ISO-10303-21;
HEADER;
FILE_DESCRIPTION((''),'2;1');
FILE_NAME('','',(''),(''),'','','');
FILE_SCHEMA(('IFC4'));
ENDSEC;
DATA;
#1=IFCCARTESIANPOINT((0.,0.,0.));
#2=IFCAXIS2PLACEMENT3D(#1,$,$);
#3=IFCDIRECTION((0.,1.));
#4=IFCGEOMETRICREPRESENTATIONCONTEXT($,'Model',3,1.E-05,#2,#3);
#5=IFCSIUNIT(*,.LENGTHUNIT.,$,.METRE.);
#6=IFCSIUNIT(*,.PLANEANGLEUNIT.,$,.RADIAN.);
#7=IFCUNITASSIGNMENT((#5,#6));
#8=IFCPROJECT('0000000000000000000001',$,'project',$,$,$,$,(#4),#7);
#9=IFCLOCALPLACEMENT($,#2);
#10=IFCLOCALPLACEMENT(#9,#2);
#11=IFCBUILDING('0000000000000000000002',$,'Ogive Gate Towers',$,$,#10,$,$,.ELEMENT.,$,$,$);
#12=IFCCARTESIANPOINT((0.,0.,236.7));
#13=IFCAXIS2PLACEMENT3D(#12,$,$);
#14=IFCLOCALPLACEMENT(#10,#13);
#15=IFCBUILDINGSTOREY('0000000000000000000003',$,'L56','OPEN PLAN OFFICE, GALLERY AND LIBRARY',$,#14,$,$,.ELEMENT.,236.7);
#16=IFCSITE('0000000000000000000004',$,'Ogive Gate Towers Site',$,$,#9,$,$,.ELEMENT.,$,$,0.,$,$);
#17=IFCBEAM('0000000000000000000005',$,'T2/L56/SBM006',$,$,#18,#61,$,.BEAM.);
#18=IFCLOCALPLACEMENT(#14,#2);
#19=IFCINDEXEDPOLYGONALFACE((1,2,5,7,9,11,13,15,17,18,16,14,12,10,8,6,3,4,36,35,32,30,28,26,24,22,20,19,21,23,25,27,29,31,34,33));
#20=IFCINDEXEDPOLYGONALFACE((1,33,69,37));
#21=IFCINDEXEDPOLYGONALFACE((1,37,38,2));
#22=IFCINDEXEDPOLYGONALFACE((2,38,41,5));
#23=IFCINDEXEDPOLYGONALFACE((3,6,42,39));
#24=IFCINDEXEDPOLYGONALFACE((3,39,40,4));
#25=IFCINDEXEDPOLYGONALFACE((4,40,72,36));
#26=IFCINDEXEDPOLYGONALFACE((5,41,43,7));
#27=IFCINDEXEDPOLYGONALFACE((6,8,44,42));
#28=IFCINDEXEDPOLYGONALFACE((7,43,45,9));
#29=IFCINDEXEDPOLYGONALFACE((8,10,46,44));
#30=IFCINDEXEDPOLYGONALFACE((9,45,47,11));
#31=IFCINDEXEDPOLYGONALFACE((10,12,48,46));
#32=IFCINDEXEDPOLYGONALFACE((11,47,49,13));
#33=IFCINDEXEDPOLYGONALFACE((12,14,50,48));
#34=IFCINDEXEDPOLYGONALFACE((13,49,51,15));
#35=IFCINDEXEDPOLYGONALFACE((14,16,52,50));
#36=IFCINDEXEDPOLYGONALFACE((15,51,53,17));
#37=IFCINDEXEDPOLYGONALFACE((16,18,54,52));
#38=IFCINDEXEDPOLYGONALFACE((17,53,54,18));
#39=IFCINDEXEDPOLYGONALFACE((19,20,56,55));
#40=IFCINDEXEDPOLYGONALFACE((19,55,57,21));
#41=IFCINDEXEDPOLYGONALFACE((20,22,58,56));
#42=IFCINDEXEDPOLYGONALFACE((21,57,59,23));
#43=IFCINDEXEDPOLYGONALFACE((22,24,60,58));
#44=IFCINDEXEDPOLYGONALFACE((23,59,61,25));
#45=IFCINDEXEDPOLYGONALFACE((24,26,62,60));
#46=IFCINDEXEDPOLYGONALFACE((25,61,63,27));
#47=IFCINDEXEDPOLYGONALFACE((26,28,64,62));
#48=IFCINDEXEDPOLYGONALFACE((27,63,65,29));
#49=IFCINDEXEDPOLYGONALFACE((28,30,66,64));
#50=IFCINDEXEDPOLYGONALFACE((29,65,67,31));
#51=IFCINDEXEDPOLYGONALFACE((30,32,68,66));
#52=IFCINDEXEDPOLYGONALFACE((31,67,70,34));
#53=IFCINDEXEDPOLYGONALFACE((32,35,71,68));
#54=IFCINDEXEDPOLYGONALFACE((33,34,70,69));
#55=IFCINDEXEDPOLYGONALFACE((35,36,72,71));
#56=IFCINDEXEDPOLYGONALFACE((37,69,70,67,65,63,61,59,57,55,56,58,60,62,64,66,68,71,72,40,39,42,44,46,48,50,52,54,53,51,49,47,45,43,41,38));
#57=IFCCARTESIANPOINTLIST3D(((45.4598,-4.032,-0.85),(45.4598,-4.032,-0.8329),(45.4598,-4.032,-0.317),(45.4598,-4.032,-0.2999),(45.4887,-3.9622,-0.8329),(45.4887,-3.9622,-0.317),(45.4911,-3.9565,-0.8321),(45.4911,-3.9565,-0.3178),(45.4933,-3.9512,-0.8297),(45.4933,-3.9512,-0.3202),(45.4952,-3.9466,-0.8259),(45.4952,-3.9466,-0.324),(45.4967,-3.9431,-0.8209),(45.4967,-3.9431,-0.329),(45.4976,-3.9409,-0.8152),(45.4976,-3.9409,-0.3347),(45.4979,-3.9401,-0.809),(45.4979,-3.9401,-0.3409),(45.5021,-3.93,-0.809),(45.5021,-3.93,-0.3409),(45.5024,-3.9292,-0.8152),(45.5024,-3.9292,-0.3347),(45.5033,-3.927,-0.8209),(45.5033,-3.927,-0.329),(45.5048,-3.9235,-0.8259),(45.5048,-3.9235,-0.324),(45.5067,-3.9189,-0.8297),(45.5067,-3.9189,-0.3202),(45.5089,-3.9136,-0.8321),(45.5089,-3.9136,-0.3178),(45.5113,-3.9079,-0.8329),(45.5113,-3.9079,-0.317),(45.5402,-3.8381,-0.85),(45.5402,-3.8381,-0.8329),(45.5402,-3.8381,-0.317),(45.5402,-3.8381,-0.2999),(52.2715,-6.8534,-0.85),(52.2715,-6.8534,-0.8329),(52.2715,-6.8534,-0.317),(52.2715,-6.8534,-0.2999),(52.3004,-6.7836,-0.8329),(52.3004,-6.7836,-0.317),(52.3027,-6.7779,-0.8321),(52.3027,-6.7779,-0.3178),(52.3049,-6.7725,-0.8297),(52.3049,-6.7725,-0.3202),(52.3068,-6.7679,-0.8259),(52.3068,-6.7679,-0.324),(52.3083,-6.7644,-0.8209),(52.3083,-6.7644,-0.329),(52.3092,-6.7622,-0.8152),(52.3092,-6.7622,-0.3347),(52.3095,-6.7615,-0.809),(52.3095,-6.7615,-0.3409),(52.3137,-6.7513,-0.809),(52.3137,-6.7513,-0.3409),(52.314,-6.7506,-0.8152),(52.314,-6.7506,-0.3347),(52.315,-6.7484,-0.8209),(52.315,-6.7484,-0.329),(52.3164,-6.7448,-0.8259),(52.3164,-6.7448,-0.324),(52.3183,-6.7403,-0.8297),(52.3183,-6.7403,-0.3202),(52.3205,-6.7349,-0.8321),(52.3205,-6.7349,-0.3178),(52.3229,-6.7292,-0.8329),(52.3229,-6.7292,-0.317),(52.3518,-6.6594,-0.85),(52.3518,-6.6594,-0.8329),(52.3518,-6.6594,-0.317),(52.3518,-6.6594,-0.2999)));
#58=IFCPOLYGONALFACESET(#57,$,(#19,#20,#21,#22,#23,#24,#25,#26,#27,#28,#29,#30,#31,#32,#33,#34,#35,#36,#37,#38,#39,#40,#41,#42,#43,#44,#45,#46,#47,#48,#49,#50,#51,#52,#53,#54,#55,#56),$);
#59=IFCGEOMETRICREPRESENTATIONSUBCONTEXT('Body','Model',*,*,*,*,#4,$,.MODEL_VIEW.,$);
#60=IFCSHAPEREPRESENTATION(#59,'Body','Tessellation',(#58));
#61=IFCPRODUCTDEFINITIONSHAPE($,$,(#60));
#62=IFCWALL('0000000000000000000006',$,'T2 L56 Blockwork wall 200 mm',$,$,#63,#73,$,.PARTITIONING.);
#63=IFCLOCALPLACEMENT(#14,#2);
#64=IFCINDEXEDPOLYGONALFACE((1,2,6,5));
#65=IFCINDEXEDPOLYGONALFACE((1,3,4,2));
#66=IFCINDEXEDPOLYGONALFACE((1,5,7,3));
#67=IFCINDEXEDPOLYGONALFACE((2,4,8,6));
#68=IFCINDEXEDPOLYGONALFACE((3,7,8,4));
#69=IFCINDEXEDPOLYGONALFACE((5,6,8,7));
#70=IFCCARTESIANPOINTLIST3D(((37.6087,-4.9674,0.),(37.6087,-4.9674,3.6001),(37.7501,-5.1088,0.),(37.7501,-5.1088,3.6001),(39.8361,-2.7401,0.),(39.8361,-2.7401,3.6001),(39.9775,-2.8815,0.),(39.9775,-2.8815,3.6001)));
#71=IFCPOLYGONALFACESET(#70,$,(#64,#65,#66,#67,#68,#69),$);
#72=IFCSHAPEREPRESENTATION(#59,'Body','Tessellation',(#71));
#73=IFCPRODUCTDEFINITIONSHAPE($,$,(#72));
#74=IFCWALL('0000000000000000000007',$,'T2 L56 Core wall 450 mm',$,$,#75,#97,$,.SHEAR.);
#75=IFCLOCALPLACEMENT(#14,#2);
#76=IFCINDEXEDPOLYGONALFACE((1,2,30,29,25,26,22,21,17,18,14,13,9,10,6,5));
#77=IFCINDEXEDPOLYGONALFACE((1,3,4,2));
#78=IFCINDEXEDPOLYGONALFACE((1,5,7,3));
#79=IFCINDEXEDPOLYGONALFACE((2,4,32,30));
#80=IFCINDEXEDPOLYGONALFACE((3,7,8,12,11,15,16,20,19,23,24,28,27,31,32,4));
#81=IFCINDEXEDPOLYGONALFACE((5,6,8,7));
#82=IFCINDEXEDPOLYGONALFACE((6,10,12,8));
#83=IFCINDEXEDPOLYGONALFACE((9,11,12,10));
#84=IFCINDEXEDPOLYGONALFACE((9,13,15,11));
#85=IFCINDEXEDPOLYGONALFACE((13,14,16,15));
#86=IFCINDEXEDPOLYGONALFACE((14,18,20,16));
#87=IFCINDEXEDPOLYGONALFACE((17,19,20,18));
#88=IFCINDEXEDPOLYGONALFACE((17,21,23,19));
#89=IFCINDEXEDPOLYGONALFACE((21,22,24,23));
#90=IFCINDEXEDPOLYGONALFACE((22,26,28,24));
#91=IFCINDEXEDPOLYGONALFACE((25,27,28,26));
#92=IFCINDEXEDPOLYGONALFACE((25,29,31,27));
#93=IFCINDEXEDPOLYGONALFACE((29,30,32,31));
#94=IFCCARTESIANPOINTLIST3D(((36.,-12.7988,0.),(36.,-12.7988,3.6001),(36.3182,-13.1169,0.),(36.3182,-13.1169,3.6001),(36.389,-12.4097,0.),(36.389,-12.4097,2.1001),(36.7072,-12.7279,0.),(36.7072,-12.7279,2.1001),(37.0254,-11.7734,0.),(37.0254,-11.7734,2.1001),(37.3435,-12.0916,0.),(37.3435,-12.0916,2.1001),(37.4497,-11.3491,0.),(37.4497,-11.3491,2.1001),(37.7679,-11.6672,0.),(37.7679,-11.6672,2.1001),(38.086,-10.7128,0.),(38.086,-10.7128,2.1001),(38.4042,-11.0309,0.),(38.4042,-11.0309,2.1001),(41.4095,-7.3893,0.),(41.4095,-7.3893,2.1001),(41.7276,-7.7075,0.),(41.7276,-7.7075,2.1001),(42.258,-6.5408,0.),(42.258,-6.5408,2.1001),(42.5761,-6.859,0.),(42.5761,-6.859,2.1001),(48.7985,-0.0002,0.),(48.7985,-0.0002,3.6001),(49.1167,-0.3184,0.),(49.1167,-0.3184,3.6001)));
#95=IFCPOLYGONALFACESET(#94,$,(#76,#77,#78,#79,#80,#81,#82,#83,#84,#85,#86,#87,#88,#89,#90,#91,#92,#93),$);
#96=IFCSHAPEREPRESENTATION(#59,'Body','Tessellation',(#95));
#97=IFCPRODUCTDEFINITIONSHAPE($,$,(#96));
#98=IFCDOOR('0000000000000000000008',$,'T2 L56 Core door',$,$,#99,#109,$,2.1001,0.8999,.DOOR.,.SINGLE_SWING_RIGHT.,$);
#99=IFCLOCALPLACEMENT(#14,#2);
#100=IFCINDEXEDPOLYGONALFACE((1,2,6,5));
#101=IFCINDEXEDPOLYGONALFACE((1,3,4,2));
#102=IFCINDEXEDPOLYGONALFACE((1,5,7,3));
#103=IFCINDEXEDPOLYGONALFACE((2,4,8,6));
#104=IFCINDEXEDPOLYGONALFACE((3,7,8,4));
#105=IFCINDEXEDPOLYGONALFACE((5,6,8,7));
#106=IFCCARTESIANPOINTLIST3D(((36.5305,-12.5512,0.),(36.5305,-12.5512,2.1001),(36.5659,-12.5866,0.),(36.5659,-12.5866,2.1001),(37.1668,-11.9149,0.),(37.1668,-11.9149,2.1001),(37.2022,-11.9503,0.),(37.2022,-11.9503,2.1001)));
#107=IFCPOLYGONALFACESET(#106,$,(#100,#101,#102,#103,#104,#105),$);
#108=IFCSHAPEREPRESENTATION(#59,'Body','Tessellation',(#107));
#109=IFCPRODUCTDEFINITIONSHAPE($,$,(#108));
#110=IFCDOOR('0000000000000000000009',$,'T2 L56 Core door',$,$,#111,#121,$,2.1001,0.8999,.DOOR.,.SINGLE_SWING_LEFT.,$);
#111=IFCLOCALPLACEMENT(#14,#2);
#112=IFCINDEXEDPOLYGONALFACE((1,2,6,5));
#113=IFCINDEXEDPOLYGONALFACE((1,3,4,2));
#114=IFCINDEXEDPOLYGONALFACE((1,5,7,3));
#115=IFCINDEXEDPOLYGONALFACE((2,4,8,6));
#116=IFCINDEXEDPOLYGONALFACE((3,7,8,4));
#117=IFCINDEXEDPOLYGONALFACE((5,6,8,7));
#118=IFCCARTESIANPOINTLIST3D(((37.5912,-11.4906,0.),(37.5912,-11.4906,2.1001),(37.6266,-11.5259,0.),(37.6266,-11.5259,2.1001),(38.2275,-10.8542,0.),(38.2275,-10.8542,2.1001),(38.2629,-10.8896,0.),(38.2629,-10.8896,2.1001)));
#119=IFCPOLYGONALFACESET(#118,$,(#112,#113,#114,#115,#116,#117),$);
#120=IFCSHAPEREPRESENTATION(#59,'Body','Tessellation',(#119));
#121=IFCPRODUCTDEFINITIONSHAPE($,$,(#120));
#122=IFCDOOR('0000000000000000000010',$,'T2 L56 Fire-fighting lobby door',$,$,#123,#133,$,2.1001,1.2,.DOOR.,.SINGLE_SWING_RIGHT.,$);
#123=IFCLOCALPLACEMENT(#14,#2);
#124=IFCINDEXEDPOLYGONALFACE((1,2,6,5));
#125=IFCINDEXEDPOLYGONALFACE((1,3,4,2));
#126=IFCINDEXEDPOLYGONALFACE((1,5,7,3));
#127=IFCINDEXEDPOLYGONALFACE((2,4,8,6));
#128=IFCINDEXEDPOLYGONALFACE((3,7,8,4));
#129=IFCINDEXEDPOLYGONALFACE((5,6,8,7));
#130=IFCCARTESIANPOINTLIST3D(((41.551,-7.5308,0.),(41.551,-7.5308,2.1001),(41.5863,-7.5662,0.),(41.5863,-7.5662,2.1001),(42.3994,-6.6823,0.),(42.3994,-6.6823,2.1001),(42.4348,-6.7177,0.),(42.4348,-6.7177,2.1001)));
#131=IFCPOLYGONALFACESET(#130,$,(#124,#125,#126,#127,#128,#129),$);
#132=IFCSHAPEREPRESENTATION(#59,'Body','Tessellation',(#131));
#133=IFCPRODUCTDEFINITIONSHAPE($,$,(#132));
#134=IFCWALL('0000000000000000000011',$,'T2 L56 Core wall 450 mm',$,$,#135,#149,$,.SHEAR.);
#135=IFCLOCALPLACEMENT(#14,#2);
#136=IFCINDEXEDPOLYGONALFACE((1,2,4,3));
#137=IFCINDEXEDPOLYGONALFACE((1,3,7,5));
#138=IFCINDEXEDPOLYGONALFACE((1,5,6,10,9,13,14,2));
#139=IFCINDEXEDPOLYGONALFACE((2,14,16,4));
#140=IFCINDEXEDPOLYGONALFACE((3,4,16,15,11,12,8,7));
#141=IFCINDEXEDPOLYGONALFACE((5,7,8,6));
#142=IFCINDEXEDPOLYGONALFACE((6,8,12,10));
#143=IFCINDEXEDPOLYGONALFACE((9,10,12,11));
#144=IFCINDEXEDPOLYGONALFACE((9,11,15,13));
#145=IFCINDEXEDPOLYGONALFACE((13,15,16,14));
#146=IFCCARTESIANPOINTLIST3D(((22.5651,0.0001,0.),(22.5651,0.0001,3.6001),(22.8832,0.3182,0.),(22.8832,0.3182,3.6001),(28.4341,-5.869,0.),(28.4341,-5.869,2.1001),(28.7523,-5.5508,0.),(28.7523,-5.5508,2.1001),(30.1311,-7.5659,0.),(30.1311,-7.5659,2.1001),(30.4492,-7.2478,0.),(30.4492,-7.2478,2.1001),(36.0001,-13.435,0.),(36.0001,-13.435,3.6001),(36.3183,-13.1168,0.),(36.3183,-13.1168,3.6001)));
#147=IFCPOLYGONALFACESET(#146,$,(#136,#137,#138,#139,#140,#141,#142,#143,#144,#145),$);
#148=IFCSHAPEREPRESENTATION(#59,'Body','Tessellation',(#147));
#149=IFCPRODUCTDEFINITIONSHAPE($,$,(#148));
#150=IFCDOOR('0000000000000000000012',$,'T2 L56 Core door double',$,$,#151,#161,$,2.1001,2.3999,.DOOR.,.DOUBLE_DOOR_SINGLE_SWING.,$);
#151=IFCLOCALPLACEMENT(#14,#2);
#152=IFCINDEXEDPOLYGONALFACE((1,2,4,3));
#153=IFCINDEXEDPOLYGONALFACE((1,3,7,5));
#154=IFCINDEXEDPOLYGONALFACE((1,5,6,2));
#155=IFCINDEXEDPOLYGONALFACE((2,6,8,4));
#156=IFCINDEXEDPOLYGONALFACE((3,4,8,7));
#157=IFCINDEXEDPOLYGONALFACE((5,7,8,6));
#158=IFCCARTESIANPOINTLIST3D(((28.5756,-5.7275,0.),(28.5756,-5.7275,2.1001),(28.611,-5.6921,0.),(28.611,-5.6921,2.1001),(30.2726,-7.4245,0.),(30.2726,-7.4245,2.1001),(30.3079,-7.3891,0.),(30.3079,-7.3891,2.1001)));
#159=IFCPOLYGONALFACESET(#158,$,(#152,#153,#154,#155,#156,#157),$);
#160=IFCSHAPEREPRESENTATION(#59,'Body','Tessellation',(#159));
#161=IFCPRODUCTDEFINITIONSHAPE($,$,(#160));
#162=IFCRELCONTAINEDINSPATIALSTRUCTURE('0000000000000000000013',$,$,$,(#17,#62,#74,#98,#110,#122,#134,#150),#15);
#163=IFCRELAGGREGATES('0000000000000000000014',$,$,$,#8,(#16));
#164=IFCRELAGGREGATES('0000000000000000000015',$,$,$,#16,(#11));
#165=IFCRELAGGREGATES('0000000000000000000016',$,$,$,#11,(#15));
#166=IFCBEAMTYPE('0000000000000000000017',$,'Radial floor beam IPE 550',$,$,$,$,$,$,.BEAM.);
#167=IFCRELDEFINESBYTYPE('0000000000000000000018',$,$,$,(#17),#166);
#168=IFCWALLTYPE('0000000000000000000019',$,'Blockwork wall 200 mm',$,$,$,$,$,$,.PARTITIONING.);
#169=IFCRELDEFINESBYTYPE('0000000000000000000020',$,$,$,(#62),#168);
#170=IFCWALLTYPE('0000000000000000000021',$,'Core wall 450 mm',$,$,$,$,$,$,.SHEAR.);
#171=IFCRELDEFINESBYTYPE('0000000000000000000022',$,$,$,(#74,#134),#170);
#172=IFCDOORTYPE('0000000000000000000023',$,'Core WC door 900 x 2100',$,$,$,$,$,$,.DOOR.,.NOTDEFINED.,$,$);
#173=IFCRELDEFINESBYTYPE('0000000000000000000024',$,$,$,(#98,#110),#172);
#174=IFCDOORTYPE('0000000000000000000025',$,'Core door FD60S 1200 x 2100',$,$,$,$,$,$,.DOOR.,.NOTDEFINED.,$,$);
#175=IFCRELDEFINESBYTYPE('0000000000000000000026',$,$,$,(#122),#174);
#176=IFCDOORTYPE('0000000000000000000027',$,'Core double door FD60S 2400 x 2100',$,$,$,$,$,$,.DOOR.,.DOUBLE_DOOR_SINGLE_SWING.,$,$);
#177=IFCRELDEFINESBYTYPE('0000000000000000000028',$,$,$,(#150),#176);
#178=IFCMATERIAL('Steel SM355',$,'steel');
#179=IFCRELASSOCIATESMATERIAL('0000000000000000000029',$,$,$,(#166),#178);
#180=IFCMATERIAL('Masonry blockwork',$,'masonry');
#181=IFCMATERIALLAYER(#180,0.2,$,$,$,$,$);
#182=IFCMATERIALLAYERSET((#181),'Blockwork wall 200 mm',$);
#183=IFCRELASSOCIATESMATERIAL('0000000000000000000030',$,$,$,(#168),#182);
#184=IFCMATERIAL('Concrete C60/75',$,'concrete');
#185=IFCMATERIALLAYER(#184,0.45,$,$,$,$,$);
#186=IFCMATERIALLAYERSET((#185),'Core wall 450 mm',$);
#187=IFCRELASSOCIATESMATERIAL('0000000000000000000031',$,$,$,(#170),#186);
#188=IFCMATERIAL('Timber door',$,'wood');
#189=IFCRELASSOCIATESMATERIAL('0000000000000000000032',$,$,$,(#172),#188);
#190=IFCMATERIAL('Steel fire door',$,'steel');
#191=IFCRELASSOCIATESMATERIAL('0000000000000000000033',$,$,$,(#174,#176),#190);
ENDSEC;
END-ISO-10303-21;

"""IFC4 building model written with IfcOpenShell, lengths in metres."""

from ifc_helpers import new_model, si_unit, direction, frame, frame_2d, origin, origin_2d, place, context, subcontext, project, spatial, rectangle, i_section, extrude, material, layer, layer_set, material_profile, profile_set, type_object, element, fill, save


model = new_model("IFC4")

# Units and contexts
model_context = context("Model", 3, precision=1e-05, world=origin(), true_north=direction((0.0, 1.0)))
body_context = subcontext(model_context, "Body", "Model", "MODEL_VIEW")
ifc_project = project(units=[si_unit("LENGTHUNIT", "METRE"), si_unit("PLANEANGLEUNIT", "RADIAN")], contexts=[model_context])

# Site, building, storey
site_placement = place(None, origin())
site = spatial("IfcSite", under=ifc_project, at=site_placement, Name="Ogive Gate Towers Site", CompositionType="ELEMENT", RefElevation=0.0)
building_placement = place(site_placement, origin())
building = spatial("IfcBuilding", under=site, at=building_placement, Name="Ogive Gate Towers", CompositionType="ELEMENT")
storey_placement = place(building_placement, frame((0.0, 0.0, 236.7)))
storey = spatial("IfcBuildingStorey", under=building, at=storey_placement, Name="L56", Description="OPEN PLAN OFFICE, GALLERY AND LIBRARY", CompositionType="ELEMENT", Elevation=236.7)

# Beam
ifc_material_1 = material(Name="Steel SM355", Category="steel")
ifc_material_profile_1 = material_profile(ifc_material_1, i_section(OverallWidth=0.21, OverallDepth=0.55, WebThickness=0.011, FlangeThickness=0.0171, FilletRadius=0.0239, at=origin_2d()), Name="IPE 550")
ifc_profile_set_1 = profile_set([ifc_material_profile_1], Name="Steel SM355")
beam_type_1 = type_object("IfcBeamType", Name="Radial floor beam IPE 550", PredefinedType="BEAM", material=ifc_profile_set_1)
beam_1_placement = place(storey_placement, frame((45.5, -3.9351, -0.575), z_axis=(0.923886, -0.382668, 0.0), x_axis=(0.382668, 0.923886, 0.0)))
element("IfcBeam", 1, at=beam_1_placement, inside=storey, type_object=beam_type_1, Name="T2/L56/SBM006", PredefinedType="BEAM", context=body_context, shape_type="SweptSolid", body=[
    extrude(i_section(OverallWidth=0.21, OverallDepth=0.55, WebThickness=0.011, FlangeThickness=0.0171, FilletRadius=0.0239, at=origin_2d()), origin(), (0.0, 0.0, 1.0), 7.3728),
])

# Wall
ifc_material_2 = material(Name="Masonry blockwork", Category="masonry")
ifc_layer_1 = layer(ifc_material_2, 0.2)
ifc_layer_set_1 = layer_set([ifc_layer_1], Name="Blockwork wall 200 mm")
wall_type_1 = type_object("IfcWallType", Name="Blockwork wall 200 mm", PredefinedType="PARTITIONING", material=ifc_layer_set_1)
wall_1_placement = place(storey_placement, frame((37.6794, -5.0381, 0.0), z_axis=(0.0, 0.0, 1.0), x_axis=(0.707107, 0.707107, 0.0)))
element("IfcWall", 2, at=wall_1_placement, inside=storey, type_object=wall_type_1, Name="T2 L56 Blockwork wall 200 mm", PredefinedType="PARTITIONING", context=body_context, shape_type="SweptSolid", body=[
    extrude(rectangle(XDim=3.1499, YDim=0.2, at=frame_2d((1.575, 0.0))), origin(), (0.0, 0.0, 1.0), 3.6001),
])

# Wall, openings, doors
ifc_material_3 = material(Name="Concrete C60/75", Category="concrete")
ifc_layer_2 = layer(ifc_material_3, 0.45)
ifc_layer_set_2 = layer_set([ifc_layer_2], Name="Core wall 450 mm")
wall_type_2 = type_object("IfcWallType", Name="Core wall 450 mm", PredefinedType="SHEAR", material=ifc_layer_set_2)
wall_2_placement = place(storey_placement, frame((36.1592, -12.9578, 0.0), z_axis=(0.0, 0.0, 1.0), x_axis=(0.707107, 0.707107, 0.0)))
wall_2 = element("IfcWall", 3, at=wall_2_placement, inside=storey, type_object=wall_type_2, Name="T2 L56 Core wall 450 mm", PredefinedType="SHEAR", context=body_context, shape_type="SweptSolid", body=[
    extrude(rectangle(XDim=18.0999, YDim=0.45, at=frame_2d((9.0498, 0.0))), origin(), (0.0, 0.0, 1.0), 3.6001),
])
opening_1_placement = place(wall_2_placement, frame((7.6499, 0.0, 0.0)))
opening_1 = element("IfcOpeningElement", 4, at=opening_1_placement, cuts=wall_2, PredefinedType="OPENING", context=body_context, shape_type="SweptSolid", body=[
    extrude(rectangle(XDim=1.2, YDim=2.1001, at=frame_2d((0.6001, 1.05))), frame((0.0, 0.2349, 0.0), z_axis=(0.0, -1.0, 0.0), x_axis=(1.0, 0.0, 0.0)), (0.0, 0.0, 1.0), 0.47),
])
opening_2_placement = place(wall_2_placement, frame((0.55, 0.0, 0.0)))
opening_2 = element("IfcOpeningElement", 5, at=opening_2_placement, cuts=wall_2, PredefinedType="OPENING", context=body_context, shape_type="SweptSolid", body=[
    extrude(rectangle(XDim=0.8999, YDim=2.1001, at=frame_2d((0.45, 1.05))), frame((0.0, 0.2349, 0.0), z_axis=(0.0, -1.0, 0.0), x_axis=(1.0, 0.0, 0.0)), (0.0, 0.0, 1.0), 0.47),
])
opening_3_placement = place(wall_2_placement, frame((2.05, 0.0, 0.0)))
opening_3 = element("IfcOpeningElement", 6, at=opening_3_placement, cuts=wall_2, PredefinedType="OPENING", context=body_context, shape_type="SweptSolid", body=[
    extrude(rectangle(XDim=0.8999, YDim=2.1001, at=frame_2d((0.45, 1.05))), frame((0.0, 0.2349, 0.0), z_axis=(0.0, -1.0, 0.0), x_axis=(1.0, 0.0, 0.0)), (0.0, 0.0, 1.0), 0.47),
])
ifc_material_4 = material(Name="Timber door", Category="wood")
door_type_1 = type_object("IfcDoorType", Name="Core WC door 900 x 2100", OperationType="NOTDEFINED", PredefinedType="DOOR", material=ifc_material_4)
door_1_placement = place(opening_2_placement, origin())
door_1 = element("IfcDoor", 7, at=door_1_placement, inside=storey, type_object=door_type_1, Name="T2 L56 Core door", OperationType="SINGLE_SWING_RIGHT", OverallHeight=2.1001, OverallWidth=0.8999, PredefinedType="DOOR", context=body_context, shape_type="SweptSolid", body=[
    extrude(rectangle(XDim=0.8999, YDim=2.1001, at=frame_2d((0.45, 1.05))), frame((0.0, 0.0249, 0.0), z_axis=(0.0, -1.0, 0.0), x_axis=(1.0, 0.0, 0.0)), (0.0, 0.0, 1.0), 0.05),
])
fill(opening_2, door_1)
door_2_placement = place(opening_3_placement, origin())
door_2 = element("IfcDoor", 8, at=door_2_placement, inside=storey, type_object=door_type_1, Name="T2 L56 Core door", OperationType="SINGLE_SWING_LEFT", OverallHeight=2.1001, OverallWidth=0.8999, PredefinedType="DOOR", context=body_context, shape_type="SweptSolid", body=[
    extrude(rectangle(XDim=0.8999, YDim=2.1001, at=frame_2d((0.45, 1.05))), frame((0.0, 0.0249, 0.0), z_axis=(0.0, -1.0, 0.0), x_axis=(1.0, 0.0, 0.0)), (0.0, 0.0, 1.0), 0.05),
])
fill(opening_3, door_2)
ifc_material_5 = material(Name="Steel fire door", Category="steel")
door_type_2 = type_object("IfcDoorType", Name="Core door FD60S 1200 x 2100", OperationType="NOTDEFINED", PredefinedType="DOOR", material=ifc_material_5)
door_3_placement = place(opening_1_placement, origin())
door_3 = element("IfcDoor", 9, at=door_3_placement, inside=storey, type_object=door_type_2, Name="T2 L56 Fire-fighting lobby door", OperationType="SINGLE_SWING_RIGHT", OverallHeight=2.1001, OverallWidth=1.2, PredefinedType="DOOR", context=body_context, shape_type="SweptSolid", body=[
    extrude(rectangle(XDim=1.2, YDim=2.1001, at=frame_2d((0.6001, 1.05))), frame((0.0, 0.0249, 0.0), z_axis=(0.0, -1.0, 0.0), x_axis=(1.0, 0.0, 0.0)), (0.0, 0.0, 1.0), 0.05),
])
fill(opening_1, door_3)

# Wall, opening, door
wall_3_placement = place(storey_placement, frame((36.1592, -13.2759, 0.0), z_axis=(0.0, 0.0, 1.0), x_axis=(-0.707107, 0.707107, 0.0)))
wall_3 = element("IfcWall", 10, at=wall_3_placement, inside=storey, type_object=wall_type_2, Name="T2 L56 Core wall 450 mm", PredefinedType="SHEAR", context=body_context, shape_type="SweptSolid", body=[
    extrude(rectangle(XDim=19.0, YDim=0.45, at=frame_2d((9.5, 0.0))), origin(), (0.0, 0.0, 1.0), 3.6001),
])
opening_4_placement = place(wall_3_placement, frame((8.3, 0.0, 0.0)))
opening_4 = element("IfcOpeningElement", 11, at=opening_4_placement, cuts=wall_3, PredefinedType="OPENING", context=body_context, shape_type="SweptSolid", body=[
    extrude(rectangle(XDim=2.3999, YDim=2.1001, at=frame_2d((1.2, 1.05))), frame((0.0, 0.2349, 0.0), z_axis=(0.0, -1.0, 0.0), x_axis=(1.0, 0.0, 0.0)), (0.0, 0.0, 1.0), 0.47),
])
door_type_3 = type_object("IfcDoorType", Name="Core double door FD60S 2400 x 2100", OperationType="DOUBLE_DOOR_SINGLE_SWING", PredefinedType="DOOR", material=ifc_material_5)
door_4_placement = place(opening_4_placement, origin())
door_4 = element("IfcDoor", 12, at=door_4_placement, inside=storey, type_object=door_type_3, Name="T2 L56 Core door double", OperationType="DOUBLE_DOOR_SINGLE_SWING", OverallHeight=2.1001, OverallWidth=2.3999, PredefinedType="DOOR", context=body_context, shape_type="SweptSolid", body=[
    extrude(rectangle(XDim=2.3999, YDim=2.1001, at=frame_2d((1.2, 1.05))), frame((0.0, 0.0249, 0.0), z_axis=(0.0, -1.0, 0.0), x_axis=(1.0, 0.0, 0.0)), (0.0, 0.0, 1.0), 0.05),
])
fill(opening_4, door_4)

save(model, "model.ifc")
